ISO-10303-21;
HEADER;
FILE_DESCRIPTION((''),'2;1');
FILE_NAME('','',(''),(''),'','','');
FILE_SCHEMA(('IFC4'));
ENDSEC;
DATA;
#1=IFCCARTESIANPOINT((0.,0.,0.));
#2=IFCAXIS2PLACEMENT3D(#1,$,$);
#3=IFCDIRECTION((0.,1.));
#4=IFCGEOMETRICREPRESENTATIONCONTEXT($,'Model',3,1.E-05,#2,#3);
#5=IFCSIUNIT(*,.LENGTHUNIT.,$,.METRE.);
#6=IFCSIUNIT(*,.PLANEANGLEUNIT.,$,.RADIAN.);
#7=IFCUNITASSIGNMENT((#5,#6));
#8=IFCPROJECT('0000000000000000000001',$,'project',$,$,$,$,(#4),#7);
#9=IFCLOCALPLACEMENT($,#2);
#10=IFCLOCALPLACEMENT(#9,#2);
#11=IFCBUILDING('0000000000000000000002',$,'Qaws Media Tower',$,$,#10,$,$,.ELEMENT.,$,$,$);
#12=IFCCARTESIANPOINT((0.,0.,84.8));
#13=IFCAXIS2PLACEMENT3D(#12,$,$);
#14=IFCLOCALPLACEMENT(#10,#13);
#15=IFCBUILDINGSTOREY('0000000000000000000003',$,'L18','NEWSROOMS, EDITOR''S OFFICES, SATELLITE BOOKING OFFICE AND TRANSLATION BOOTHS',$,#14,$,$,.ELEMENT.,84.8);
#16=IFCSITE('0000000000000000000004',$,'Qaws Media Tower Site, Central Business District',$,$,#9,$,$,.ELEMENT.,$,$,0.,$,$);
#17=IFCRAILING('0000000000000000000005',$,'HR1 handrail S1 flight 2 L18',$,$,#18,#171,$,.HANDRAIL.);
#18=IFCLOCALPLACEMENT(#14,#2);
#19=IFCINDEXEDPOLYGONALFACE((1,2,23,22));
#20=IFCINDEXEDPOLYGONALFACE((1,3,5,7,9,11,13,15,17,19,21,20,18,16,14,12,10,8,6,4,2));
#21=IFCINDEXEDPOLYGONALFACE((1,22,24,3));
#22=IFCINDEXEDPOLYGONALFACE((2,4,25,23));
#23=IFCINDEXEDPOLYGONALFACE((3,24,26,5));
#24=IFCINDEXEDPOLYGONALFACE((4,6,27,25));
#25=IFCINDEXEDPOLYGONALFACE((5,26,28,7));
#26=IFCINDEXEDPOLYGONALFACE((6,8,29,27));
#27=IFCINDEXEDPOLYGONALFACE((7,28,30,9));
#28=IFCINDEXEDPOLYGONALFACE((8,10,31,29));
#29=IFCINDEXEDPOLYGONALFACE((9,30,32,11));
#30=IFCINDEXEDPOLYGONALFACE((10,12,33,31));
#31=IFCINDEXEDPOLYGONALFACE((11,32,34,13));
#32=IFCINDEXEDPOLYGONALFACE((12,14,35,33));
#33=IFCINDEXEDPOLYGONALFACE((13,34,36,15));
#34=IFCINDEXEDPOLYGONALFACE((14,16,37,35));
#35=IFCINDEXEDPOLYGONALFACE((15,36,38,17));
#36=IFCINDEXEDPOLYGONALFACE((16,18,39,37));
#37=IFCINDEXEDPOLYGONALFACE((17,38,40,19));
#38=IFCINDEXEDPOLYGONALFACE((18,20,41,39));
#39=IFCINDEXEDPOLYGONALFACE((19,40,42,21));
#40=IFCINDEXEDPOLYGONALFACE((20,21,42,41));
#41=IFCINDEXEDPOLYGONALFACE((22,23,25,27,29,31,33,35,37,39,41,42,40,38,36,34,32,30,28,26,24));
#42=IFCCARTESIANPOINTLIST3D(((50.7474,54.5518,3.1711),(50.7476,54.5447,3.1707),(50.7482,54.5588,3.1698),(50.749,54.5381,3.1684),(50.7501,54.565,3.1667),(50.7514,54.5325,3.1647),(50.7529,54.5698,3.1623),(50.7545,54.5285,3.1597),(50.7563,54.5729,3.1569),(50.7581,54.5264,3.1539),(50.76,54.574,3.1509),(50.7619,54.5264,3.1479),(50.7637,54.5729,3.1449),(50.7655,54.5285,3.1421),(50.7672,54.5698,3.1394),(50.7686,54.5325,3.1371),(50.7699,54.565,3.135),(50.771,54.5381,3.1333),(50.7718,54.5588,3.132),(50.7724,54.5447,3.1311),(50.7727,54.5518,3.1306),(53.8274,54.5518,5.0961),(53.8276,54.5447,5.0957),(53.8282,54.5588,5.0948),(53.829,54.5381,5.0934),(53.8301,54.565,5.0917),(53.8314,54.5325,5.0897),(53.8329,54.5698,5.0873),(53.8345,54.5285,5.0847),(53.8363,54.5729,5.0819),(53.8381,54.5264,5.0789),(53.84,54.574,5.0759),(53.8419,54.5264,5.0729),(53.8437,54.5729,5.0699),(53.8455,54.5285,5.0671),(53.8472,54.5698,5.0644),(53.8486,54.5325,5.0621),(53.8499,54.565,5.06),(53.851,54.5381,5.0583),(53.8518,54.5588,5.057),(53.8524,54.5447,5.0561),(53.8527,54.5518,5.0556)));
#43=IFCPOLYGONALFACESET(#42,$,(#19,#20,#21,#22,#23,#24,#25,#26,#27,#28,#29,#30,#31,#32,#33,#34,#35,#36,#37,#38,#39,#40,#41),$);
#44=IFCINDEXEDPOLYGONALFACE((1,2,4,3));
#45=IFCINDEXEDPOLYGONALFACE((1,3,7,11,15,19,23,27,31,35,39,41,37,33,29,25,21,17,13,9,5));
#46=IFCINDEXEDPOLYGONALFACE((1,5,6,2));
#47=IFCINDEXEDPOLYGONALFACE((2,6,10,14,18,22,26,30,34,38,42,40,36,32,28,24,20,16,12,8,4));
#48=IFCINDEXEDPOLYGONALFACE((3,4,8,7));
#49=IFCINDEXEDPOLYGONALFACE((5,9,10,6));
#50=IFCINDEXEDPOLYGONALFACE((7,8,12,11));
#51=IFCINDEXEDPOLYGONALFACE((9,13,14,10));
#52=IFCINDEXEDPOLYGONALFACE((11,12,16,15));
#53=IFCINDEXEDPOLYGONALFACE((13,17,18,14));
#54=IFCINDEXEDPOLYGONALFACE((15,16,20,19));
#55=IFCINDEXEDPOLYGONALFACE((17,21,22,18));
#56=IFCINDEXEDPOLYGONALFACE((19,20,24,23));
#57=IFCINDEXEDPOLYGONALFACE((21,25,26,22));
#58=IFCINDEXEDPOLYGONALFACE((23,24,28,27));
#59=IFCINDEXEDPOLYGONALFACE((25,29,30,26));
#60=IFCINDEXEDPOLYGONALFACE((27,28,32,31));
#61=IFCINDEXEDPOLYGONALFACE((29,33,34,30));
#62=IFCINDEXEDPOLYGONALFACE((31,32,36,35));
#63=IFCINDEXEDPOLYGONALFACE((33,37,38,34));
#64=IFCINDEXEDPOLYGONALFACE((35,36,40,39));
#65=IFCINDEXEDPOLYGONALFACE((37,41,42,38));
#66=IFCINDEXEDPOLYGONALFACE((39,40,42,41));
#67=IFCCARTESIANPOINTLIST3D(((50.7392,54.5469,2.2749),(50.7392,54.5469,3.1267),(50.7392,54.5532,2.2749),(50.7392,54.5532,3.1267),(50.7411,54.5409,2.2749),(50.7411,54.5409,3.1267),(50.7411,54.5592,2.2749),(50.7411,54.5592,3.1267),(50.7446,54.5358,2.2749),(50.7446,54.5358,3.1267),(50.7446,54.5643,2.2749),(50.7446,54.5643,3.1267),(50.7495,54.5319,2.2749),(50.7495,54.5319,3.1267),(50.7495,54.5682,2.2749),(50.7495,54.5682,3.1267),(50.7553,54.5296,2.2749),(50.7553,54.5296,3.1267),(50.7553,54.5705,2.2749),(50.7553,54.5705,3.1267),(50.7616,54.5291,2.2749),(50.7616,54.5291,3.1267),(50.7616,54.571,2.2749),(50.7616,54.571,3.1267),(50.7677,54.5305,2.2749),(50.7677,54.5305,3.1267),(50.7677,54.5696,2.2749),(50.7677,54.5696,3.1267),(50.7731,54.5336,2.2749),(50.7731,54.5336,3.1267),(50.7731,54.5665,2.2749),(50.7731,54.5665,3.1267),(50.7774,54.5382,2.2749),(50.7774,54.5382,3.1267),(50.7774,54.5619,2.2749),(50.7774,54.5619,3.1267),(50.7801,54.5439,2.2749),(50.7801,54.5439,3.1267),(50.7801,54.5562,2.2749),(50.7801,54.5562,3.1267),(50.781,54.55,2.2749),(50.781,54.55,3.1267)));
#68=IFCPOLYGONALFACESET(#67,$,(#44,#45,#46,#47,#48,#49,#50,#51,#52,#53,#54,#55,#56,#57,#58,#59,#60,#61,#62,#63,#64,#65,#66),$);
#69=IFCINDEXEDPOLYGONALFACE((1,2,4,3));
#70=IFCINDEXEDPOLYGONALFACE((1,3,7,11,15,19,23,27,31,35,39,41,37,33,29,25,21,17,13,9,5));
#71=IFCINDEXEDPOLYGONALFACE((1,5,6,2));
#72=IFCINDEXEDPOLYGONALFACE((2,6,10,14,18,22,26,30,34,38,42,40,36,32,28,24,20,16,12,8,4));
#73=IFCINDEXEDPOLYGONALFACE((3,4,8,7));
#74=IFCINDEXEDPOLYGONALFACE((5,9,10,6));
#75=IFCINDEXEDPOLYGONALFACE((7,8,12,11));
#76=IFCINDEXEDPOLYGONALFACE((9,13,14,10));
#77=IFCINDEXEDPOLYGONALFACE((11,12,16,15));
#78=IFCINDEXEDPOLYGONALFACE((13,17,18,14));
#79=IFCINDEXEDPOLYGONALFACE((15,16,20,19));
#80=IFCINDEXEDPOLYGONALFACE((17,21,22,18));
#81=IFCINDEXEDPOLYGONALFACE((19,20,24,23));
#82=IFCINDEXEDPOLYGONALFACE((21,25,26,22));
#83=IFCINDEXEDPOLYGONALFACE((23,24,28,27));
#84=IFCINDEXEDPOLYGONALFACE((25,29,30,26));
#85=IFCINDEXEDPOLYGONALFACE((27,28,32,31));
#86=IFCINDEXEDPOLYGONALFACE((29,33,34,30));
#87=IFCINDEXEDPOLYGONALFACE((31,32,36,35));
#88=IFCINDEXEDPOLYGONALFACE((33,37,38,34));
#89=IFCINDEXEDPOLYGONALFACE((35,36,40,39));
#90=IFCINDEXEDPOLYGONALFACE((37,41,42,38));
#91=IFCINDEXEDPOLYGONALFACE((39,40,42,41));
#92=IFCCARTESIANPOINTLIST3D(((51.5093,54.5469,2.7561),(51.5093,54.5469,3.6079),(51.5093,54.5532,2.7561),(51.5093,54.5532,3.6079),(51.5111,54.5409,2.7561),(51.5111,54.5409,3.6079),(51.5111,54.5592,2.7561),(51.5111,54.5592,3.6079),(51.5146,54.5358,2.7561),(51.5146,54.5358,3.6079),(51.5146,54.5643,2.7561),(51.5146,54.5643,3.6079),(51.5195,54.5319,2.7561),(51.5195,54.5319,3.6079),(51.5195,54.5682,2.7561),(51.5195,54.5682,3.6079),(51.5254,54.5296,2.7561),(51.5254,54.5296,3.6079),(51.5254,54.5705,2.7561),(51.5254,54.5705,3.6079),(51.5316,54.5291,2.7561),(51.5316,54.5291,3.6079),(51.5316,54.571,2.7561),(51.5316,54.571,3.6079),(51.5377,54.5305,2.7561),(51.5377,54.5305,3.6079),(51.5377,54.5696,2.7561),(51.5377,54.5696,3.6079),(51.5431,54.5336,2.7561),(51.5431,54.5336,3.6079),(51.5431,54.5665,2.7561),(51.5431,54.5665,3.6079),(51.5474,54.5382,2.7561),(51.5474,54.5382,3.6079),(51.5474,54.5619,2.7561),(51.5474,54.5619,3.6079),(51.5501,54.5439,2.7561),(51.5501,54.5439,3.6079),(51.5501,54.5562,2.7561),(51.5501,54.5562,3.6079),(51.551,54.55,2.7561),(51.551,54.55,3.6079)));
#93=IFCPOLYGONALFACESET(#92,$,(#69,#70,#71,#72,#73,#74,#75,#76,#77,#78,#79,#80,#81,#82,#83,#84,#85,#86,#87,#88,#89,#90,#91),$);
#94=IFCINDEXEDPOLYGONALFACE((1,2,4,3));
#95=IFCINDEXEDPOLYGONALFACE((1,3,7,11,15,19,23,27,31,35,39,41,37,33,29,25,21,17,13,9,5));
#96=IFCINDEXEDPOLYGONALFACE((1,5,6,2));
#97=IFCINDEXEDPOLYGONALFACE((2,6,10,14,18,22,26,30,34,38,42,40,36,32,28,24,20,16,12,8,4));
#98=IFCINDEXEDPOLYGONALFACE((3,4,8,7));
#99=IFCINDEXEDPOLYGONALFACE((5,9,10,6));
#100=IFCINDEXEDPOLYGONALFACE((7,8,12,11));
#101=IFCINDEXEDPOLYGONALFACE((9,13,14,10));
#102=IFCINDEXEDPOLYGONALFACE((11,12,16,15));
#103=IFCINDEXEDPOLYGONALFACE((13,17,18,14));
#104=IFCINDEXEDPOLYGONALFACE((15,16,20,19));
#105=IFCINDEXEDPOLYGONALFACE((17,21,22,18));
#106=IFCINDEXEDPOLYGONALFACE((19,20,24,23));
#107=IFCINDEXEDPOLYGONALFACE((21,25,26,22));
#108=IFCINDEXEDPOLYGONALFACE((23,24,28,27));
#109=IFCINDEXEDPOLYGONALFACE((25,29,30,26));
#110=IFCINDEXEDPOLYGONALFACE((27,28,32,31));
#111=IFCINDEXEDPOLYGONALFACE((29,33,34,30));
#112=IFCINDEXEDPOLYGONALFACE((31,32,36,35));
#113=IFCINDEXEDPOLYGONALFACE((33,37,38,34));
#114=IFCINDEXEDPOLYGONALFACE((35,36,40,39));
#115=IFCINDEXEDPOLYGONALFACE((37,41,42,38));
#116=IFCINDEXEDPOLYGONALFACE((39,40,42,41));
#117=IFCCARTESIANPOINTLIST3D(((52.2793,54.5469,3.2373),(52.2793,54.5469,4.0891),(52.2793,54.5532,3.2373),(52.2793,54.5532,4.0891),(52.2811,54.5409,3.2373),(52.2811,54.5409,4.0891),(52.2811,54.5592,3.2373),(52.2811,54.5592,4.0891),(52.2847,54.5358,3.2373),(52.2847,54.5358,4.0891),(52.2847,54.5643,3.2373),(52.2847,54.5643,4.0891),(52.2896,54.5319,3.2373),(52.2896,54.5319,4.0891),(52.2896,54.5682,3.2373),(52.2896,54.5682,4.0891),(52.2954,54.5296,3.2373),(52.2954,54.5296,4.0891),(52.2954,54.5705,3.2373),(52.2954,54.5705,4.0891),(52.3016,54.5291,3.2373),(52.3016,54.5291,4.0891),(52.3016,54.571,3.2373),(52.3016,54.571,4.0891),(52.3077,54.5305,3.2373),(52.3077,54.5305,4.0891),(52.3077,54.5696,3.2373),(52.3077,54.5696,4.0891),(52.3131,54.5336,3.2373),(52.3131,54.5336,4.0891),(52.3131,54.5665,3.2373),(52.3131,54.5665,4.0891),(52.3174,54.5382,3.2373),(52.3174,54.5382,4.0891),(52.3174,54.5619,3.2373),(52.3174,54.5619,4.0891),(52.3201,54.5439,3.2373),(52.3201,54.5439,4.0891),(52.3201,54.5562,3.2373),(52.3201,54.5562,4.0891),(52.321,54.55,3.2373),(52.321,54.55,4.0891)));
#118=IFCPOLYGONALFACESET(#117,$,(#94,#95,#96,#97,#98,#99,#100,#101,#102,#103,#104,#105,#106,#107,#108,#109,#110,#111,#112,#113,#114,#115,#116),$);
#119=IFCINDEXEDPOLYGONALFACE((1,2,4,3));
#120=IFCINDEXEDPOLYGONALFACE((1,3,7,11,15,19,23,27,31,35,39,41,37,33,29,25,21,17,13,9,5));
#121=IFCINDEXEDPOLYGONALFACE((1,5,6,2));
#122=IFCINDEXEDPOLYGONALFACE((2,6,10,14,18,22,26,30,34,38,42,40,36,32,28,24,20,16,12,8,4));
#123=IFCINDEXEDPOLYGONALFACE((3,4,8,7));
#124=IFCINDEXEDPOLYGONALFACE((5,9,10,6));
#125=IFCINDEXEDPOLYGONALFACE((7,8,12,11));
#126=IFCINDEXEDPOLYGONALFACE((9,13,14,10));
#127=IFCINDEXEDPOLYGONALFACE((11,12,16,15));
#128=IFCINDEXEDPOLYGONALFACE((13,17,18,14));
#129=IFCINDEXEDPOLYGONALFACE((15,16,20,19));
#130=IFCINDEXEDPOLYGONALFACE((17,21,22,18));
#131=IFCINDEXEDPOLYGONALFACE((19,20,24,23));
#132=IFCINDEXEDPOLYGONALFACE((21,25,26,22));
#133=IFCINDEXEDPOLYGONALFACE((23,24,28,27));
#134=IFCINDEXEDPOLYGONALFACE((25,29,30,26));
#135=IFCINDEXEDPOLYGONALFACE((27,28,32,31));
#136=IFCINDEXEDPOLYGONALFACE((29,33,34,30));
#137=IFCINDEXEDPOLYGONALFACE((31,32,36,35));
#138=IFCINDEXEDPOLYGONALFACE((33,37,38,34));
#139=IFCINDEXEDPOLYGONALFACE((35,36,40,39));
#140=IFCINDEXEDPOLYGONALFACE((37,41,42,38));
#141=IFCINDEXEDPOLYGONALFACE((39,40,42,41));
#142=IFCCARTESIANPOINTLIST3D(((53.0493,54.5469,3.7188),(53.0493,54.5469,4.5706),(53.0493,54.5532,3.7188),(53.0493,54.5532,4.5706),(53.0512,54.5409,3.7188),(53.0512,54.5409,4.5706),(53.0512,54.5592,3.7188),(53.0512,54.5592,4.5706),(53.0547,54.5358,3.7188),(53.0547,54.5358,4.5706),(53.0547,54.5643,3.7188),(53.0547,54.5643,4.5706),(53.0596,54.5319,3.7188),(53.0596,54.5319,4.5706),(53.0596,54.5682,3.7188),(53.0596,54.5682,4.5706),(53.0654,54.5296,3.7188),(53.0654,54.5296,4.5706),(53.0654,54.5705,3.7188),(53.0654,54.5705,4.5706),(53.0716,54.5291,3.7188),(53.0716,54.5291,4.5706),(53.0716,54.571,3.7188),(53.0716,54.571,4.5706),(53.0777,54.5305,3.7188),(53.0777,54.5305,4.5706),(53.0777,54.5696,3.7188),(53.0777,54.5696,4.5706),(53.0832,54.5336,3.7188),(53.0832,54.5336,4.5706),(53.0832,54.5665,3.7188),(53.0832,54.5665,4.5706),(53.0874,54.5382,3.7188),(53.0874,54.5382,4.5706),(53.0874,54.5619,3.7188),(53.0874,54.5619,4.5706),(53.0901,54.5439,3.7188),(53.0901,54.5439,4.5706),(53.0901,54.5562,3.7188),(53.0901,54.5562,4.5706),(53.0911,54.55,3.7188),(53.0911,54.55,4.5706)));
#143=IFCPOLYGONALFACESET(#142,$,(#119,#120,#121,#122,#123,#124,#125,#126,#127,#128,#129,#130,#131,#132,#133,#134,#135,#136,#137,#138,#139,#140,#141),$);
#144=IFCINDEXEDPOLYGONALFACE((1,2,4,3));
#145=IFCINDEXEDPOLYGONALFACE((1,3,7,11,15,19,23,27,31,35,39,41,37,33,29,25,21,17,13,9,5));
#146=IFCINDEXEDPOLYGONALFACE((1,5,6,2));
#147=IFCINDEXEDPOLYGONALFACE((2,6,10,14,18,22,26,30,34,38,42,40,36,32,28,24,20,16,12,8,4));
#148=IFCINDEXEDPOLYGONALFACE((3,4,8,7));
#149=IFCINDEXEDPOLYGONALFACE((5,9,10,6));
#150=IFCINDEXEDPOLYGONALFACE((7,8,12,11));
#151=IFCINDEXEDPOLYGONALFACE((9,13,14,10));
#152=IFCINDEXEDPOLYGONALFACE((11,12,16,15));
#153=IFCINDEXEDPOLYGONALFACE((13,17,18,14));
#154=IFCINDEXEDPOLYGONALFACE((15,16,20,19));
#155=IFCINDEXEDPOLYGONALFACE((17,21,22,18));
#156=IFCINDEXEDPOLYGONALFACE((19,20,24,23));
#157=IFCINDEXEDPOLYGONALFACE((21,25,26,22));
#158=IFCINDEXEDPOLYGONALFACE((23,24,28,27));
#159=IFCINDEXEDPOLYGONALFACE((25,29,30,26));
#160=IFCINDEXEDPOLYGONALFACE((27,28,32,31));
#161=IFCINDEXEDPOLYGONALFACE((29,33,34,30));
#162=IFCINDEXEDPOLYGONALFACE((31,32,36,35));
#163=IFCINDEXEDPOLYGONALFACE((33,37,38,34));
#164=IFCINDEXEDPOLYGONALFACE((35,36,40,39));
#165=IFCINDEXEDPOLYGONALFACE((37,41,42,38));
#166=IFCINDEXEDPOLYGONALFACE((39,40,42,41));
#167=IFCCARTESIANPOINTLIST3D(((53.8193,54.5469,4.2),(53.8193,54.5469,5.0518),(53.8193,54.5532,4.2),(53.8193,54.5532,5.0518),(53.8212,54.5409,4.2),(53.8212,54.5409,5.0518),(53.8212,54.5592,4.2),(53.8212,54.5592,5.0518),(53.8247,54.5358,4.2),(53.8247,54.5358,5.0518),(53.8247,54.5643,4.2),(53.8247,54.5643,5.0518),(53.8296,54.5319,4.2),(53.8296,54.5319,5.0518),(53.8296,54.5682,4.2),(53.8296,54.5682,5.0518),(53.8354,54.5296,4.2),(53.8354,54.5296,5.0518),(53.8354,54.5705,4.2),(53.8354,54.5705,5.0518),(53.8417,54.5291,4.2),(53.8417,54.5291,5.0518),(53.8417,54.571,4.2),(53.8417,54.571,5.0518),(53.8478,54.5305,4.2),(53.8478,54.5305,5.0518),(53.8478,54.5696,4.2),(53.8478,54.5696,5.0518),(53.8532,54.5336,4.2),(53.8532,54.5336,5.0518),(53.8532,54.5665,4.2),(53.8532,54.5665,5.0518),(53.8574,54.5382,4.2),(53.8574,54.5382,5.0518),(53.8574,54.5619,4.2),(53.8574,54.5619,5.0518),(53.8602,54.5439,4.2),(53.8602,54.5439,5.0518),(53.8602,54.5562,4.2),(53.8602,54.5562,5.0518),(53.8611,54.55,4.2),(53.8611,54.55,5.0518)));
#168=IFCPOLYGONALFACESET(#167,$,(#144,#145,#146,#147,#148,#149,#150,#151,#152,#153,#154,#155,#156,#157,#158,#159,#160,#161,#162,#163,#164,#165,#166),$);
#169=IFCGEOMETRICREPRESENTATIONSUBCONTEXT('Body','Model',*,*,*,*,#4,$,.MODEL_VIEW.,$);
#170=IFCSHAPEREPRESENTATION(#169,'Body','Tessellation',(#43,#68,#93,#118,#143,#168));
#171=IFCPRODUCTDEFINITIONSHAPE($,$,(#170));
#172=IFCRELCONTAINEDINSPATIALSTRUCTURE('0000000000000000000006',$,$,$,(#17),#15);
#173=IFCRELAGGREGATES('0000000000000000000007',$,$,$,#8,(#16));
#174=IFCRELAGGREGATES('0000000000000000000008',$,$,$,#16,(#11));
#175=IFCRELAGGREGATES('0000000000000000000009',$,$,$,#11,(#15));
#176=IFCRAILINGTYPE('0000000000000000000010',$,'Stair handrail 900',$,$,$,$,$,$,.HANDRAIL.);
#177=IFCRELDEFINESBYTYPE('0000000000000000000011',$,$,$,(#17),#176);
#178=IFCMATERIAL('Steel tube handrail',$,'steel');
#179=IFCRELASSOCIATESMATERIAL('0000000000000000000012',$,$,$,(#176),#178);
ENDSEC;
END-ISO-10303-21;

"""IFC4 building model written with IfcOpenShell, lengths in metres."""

from ifc_helpers import new_model, si_unit, direction, frame, origin, origin_2d, place, context, subcontext, project, spatial, circle, extrude, material, type_object, element, save


model = new_model("IFC4")

# Units and contexts
model_context = context("Model", 3, precision=1e-05, world=origin(), true_north=direction((0.0, 1.0)))
body_context = subcontext(model_context, "Body", "Model", "MODEL_VIEW")
ifc_project = project(units=[si_unit("LENGTHUNIT", "METRE"), si_unit("PLANEANGLEUNIT", "RADIAN")], contexts=[model_context])

# Site, building, storey
site_placement = place(None, origin())
site = spatial("IfcSite", under=ifc_project, at=site_placement, Name="Qaws Media Tower Site, Central Business District", CompositionType="ELEMENT", RefElevation=0.0)
building_placement = place(site_placement, origin())
building = spatial("IfcBuilding", under=site, at=building_placement, Name="Qaws Media Tower", CompositionType="ELEMENT")
storey_placement = place(building_placement, frame((0.0, 0.0, 84.8)))
storey = spatial("IfcBuildingStorey", under=building, at=storey_placement, Name="L18", Description="NEWSROOMS, EDITOR'S OFFICES, SATELLITE BOOKING OFFICE AND TRANSLATION BOOTHS", CompositionType="ELEMENT", Elevation=84.8)

# Railing
ifc_material_1 = material(Name="Steel tube handrail", Category="steel")
railing_type = type_object("IfcRailingType", Name="Stair handrail 900", PredefinedType="HANDRAIL", material=ifc_material_1)
for number, where, name in (
    (1, (50.76, 54.55, 2.2749), "HR1 handrail S1 flight 2 L18"),
):
    element("IfcRailing", number, at=place(storey_placement, frame(where)), inside=storey, type_object=railing_type, Name=name, PredefinedType="HANDRAIL", context=body_context, shape_type="SweptSolid", body=[
        extrude(circle(Radius=0.0239, at=origin_2d()), frame((0.0, 0.0, 0.876), z_axis=(0.847998, 0.0, 0.529999), x_axis=(0.0, 1.0, 0.0)), (0.0, 0.0, 1.0), 3.6321),
        extrude(circle(Radius=0.021, at=origin_2d()), origin(), (0.0, 0.0, 1.0), 0.8518),
        extrude(circle(Radius=0.021, at=origin_2d()), frame((0.77, 0.0, 0.4812)), (0.0, 0.0, 1.0), 0.8518),
        extrude(circle(Radius=0.021, at=origin_2d()), frame((1.54, 0.0, 0.9624)), (0.0, 0.0, 1.0), 0.8518),
        extrude(circle(Radius=0.021, at=origin_2d()), frame((2.3101, 0.0, 1.4438)), (0.0, 0.0, 1.0), 0.8518),
        extrude(circle(Radius=0.021, at=origin_2d()), frame((3.0801, 0.0, 1.925)), (0.0, 0.0, 1.0), 0.8518),
    ])

save(model, "model.ifc")
